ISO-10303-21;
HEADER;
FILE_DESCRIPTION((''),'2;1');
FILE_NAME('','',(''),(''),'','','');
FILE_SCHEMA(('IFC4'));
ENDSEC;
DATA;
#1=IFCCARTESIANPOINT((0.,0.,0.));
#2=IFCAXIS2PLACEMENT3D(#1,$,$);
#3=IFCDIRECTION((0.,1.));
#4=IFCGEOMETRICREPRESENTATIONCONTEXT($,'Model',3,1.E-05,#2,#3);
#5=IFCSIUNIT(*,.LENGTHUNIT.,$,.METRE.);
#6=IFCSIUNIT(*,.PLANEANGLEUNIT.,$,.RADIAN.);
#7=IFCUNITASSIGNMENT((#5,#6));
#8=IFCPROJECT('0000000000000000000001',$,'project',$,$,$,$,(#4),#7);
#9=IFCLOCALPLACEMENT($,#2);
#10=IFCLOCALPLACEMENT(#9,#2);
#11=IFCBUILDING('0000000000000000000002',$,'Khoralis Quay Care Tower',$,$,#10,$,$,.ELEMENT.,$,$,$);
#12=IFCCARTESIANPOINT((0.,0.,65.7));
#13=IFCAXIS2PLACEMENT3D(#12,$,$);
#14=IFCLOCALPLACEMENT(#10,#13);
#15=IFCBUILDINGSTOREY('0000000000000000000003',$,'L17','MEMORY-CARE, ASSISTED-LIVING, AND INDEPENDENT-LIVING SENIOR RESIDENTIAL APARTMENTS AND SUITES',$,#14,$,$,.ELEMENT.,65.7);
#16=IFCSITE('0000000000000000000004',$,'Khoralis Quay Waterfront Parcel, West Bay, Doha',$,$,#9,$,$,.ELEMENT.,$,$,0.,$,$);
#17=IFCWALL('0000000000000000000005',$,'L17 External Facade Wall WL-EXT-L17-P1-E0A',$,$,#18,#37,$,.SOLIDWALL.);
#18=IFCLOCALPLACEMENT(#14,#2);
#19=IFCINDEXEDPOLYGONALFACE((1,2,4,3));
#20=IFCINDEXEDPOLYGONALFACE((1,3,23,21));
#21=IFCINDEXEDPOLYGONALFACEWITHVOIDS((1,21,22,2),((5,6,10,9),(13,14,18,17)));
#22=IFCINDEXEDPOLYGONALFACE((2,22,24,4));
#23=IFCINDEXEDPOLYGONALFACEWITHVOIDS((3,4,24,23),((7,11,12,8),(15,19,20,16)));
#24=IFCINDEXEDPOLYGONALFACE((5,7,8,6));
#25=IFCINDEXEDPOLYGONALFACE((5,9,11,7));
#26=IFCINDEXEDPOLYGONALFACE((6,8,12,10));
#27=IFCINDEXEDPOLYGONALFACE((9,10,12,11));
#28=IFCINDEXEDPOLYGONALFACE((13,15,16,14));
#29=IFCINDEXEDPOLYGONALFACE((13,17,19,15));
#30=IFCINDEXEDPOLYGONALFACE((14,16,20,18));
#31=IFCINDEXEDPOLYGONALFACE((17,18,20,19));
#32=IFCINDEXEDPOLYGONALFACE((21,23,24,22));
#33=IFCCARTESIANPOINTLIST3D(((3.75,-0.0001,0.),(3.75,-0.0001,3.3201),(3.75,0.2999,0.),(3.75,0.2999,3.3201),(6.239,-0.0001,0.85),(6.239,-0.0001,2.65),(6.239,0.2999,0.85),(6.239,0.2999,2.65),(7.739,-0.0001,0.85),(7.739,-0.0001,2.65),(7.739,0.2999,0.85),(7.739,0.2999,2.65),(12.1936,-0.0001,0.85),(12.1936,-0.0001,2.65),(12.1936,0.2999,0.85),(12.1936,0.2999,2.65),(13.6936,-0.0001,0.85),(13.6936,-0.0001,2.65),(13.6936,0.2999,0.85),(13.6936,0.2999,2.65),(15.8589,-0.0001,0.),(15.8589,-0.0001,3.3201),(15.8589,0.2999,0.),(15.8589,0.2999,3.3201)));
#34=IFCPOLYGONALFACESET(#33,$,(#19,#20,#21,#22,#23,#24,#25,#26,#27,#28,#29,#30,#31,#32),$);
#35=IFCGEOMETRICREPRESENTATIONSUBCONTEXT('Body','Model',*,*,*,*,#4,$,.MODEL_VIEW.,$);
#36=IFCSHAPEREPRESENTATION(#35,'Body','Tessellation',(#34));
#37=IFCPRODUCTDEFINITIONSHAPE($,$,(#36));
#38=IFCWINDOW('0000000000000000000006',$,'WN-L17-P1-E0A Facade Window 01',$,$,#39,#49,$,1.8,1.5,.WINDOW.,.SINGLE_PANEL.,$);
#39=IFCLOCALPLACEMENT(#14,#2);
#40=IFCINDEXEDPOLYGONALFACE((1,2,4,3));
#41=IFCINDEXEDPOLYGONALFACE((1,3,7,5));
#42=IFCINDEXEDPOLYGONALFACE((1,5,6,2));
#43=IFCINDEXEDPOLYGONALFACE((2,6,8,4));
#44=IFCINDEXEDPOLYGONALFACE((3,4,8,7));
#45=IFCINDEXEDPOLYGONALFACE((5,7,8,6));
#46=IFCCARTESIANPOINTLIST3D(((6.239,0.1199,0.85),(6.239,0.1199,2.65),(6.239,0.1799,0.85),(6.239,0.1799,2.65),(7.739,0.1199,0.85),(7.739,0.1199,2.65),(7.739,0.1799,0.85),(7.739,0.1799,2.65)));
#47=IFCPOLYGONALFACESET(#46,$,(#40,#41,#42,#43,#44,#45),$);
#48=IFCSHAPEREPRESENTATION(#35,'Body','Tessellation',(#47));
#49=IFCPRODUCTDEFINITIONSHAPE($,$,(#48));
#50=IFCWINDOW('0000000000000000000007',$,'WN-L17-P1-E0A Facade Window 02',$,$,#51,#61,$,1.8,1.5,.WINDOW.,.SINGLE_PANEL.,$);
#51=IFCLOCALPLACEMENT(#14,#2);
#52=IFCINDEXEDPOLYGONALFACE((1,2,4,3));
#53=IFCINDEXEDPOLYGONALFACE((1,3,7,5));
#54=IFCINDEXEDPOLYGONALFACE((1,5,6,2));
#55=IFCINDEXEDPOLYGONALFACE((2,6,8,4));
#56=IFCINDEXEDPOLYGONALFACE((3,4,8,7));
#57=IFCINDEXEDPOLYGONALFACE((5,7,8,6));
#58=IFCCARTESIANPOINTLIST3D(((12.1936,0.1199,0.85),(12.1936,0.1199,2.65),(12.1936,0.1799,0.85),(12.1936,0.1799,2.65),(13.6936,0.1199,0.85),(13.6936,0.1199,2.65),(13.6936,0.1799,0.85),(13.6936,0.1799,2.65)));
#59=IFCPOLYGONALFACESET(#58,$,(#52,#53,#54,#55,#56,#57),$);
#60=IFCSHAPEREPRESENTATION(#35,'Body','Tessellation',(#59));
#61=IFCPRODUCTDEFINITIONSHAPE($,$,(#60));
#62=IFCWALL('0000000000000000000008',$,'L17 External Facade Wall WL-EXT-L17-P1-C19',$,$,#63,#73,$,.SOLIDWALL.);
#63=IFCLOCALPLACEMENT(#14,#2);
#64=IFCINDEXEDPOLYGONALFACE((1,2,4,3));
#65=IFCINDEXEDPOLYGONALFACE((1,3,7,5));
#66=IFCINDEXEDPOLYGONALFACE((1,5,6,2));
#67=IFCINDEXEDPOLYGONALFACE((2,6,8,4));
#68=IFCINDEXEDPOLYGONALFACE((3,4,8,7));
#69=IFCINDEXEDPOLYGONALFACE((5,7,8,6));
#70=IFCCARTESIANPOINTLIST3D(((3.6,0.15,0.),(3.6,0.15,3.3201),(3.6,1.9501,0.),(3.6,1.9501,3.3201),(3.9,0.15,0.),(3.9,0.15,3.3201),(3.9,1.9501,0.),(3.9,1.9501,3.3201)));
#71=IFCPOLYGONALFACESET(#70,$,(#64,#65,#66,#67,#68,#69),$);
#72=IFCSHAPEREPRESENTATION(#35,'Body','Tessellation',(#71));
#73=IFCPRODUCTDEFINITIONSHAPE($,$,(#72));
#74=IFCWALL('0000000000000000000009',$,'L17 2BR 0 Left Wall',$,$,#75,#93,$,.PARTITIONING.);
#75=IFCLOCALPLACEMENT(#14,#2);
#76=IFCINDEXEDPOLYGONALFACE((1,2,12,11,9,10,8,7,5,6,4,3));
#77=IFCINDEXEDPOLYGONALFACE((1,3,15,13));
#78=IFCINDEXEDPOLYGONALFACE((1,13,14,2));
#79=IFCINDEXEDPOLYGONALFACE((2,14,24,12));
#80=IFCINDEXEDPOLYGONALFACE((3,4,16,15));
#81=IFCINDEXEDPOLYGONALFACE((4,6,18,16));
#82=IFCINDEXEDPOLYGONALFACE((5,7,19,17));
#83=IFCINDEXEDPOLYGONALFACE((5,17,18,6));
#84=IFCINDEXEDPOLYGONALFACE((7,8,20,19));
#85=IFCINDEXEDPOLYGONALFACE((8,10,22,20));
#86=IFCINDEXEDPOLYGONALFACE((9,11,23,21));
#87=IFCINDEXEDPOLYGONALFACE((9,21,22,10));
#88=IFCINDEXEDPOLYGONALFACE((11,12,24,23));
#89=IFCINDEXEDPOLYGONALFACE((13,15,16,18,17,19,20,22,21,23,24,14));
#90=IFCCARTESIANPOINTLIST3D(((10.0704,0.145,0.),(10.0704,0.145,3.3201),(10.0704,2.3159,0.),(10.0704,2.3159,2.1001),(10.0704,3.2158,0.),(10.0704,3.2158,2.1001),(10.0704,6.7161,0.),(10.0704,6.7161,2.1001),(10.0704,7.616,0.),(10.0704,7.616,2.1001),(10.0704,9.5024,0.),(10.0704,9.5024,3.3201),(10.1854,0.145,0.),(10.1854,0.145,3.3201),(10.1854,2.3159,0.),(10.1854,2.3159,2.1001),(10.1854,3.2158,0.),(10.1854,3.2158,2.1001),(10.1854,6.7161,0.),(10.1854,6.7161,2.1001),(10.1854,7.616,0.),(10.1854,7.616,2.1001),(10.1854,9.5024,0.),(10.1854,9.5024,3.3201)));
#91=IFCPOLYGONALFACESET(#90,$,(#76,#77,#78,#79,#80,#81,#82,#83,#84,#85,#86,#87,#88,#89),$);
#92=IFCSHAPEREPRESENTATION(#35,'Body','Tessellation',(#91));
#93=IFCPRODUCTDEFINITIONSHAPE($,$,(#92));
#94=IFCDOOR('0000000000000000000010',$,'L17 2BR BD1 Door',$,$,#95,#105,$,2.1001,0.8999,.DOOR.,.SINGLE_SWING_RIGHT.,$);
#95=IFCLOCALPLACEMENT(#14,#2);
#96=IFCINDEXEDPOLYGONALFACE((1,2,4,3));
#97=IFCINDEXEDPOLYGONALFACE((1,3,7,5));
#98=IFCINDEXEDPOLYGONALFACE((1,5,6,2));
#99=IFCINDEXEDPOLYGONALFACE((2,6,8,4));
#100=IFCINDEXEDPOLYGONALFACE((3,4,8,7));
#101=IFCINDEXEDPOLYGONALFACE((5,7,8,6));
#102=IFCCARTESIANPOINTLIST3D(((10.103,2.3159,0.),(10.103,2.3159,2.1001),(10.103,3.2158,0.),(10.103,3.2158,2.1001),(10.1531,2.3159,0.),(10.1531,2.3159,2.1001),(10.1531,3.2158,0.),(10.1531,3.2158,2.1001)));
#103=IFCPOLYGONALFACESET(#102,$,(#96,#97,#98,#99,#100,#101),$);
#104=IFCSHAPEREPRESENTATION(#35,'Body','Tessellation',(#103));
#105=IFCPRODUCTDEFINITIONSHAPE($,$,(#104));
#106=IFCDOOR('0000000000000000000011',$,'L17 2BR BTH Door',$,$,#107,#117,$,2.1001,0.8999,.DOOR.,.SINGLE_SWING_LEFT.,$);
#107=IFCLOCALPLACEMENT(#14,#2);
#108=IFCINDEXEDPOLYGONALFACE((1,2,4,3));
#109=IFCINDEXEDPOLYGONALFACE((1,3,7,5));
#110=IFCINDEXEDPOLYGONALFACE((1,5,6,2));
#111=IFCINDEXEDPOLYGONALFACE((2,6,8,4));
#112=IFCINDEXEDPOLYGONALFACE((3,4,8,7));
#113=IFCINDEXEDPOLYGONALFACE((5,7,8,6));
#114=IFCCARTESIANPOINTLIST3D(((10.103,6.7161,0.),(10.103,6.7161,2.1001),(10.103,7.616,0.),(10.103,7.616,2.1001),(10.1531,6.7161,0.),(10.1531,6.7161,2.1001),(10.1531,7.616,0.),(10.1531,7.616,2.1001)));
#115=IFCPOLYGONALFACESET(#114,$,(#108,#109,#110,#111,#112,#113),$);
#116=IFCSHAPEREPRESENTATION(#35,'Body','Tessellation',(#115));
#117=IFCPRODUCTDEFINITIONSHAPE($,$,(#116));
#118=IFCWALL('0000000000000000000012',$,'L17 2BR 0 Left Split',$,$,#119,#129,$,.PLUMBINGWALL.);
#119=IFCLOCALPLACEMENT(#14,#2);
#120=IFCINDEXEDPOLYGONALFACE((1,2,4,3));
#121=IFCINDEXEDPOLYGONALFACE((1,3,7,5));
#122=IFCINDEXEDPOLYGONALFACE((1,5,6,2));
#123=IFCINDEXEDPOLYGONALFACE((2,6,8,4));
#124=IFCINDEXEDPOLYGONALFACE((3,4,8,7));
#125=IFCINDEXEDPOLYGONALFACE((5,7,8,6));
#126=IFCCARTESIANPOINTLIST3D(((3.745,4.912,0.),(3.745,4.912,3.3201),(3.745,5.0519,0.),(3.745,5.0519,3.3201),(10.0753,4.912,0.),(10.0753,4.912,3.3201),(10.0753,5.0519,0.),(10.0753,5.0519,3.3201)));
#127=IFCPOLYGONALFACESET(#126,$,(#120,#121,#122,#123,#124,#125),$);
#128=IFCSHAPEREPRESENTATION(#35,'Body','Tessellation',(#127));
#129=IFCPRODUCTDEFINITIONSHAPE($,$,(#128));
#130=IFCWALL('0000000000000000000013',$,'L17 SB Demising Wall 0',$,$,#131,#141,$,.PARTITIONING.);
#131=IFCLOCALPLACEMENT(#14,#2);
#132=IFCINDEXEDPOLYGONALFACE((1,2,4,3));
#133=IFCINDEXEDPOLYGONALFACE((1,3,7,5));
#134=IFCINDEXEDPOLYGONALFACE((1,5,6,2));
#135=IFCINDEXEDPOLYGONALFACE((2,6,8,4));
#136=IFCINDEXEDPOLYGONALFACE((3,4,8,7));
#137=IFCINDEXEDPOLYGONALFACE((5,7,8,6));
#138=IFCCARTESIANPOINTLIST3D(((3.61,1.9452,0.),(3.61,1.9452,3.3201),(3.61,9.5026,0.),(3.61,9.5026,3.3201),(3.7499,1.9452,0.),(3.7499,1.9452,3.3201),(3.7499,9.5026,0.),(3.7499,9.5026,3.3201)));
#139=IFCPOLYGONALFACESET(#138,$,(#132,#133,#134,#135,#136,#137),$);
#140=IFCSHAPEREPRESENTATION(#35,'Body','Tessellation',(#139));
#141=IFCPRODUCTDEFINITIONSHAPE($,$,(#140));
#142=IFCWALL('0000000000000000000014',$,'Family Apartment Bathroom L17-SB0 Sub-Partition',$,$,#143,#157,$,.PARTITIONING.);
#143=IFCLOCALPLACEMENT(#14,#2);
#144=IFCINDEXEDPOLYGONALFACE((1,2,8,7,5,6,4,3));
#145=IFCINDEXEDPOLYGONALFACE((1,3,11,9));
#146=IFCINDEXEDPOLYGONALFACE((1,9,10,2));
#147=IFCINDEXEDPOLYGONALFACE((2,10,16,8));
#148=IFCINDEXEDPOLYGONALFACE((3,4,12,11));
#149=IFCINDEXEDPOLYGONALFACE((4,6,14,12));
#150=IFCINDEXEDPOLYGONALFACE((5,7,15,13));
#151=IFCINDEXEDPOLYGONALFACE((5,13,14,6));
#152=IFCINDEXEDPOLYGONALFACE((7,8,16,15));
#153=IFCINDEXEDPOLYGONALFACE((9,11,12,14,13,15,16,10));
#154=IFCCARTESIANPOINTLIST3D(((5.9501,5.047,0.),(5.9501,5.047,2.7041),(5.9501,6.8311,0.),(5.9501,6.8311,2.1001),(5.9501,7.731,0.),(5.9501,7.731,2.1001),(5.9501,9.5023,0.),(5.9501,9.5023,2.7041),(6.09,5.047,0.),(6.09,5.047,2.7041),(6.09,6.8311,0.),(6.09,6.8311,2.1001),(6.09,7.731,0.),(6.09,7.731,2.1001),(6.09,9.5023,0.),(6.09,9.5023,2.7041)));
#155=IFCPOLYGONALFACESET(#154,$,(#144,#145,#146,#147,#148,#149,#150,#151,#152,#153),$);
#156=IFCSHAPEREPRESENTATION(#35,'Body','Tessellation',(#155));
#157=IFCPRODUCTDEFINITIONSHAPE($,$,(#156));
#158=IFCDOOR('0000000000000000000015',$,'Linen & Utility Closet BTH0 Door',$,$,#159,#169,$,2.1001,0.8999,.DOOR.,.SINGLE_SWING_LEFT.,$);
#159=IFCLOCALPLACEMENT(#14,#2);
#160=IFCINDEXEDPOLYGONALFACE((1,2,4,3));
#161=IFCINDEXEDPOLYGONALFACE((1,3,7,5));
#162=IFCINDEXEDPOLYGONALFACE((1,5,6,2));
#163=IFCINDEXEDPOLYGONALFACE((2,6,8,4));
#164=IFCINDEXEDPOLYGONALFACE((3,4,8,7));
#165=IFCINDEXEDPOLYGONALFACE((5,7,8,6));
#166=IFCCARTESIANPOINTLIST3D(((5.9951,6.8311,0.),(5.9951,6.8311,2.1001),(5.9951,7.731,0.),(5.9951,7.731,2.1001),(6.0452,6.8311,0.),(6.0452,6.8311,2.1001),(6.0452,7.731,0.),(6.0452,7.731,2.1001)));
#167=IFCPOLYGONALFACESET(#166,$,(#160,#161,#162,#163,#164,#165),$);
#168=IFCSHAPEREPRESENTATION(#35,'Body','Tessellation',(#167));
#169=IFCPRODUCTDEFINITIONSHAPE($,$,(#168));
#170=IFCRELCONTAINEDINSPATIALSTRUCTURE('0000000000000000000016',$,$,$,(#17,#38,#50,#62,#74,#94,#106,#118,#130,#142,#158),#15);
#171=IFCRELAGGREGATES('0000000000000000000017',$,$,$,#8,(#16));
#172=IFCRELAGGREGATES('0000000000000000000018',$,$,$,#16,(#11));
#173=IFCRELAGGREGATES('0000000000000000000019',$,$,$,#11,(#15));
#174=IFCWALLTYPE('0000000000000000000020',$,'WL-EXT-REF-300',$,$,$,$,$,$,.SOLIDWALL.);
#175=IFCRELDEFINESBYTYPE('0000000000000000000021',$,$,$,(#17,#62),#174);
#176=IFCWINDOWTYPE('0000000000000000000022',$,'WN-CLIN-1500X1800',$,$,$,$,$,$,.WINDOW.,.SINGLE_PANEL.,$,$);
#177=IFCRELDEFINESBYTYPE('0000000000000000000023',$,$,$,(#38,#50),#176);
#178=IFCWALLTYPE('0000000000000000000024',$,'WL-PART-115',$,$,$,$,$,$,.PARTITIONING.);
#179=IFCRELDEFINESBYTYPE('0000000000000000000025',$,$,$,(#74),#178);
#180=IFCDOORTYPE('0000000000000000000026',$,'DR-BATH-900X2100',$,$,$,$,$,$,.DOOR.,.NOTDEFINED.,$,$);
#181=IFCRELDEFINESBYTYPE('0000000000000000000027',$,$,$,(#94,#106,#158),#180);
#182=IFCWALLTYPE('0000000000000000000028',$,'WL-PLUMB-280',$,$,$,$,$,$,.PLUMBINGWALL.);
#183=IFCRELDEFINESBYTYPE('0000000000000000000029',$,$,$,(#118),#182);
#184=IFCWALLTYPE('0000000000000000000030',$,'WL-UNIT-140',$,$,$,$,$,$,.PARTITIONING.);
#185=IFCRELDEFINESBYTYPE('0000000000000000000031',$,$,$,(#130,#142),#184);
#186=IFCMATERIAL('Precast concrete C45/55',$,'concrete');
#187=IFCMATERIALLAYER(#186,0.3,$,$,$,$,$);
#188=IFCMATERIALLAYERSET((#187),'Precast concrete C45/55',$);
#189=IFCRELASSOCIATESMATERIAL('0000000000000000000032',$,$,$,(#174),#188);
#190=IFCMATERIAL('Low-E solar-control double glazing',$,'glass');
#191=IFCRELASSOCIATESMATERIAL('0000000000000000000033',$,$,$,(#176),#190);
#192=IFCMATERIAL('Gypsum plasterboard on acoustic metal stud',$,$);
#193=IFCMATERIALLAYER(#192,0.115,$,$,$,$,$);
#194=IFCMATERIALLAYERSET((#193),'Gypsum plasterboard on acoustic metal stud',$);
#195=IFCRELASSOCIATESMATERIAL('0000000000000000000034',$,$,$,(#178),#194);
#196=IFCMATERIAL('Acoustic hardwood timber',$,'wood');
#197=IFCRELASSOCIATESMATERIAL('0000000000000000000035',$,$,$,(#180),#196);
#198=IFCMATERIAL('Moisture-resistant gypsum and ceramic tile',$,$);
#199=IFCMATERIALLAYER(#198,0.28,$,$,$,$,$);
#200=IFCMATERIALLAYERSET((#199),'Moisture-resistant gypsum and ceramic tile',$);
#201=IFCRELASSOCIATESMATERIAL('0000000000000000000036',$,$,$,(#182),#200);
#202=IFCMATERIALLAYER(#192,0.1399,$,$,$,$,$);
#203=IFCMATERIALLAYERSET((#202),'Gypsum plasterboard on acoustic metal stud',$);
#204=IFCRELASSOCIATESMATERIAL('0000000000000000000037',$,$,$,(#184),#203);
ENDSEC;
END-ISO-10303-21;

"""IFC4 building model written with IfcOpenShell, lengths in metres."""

from ifc_helpers import new_model, si_unit, direction, frame, frame_2d, origin, place, context, subcontext, project, spatial, rectangle, extrude, source, transform, mapped, material, layer, layer_set, type_object, element, fill, save


model = new_model("IFC4")

# Units and contexts
model_context = context("Model", 3, precision=1e-05, world=origin(), true_north=direction((0.0, 1.0)))
body_context = subcontext(model_context, "Body", "Model", "MODEL_VIEW")
ifc_project = project(units=[si_unit("LENGTHUNIT", "METRE"), si_unit("PLANEANGLEUNIT", "RADIAN")], contexts=[model_context])

# Site, building, storey
site_placement = place(None, origin())
site = spatial("IfcSite", under=ifc_project, at=site_placement, Name="Khoralis Quay Waterfront Parcel, West Bay, Doha", CompositionType="ELEMENT", RefElevation=0.0)
building_placement = place(site_placement, origin())
building = spatial("IfcBuilding", under=site, at=building_placement, Name="Khoralis Quay Care Tower", CompositionType="ELEMENT")
storey_placement = place(building_placement, frame((0.0, 0.0, 65.7)))
storey = spatial("IfcBuildingStorey", under=building, at=storey_placement, Name="L17", Description="MEMORY-CARE, ASSISTED-LIVING, AND INDEPENDENT-LIVING SENIOR RESIDENTIAL APARTMENTS AND SUITES", CompositionType="ELEMENT", Elevation=65.7)

# Wall, openings, windows
ifc_material_1 = material(Name="Precast concrete C45/55", Category="concrete")
ifc_layer_1 = layer(ifc_material_1, 0.3)
ifc_layer_set_1 = layer_set([ifc_layer_1], Name="Precast concrete C45/55")
wall_type_1 = type_object("IfcWallType", Name="WL-EXT-REF-300", PredefinedType="SOLIDWALL", material=ifc_layer_set_1)
wall_1_placement = place(storey_placement, frame((3.75, 0.1499, 0.0), z_axis=(0.0, 0.0, 1.0), x_axis=(1.0, 0.0, 0.0)))
wall_1 = element("IfcWall", 1, at=wall_1_placement, inside=storey, type_object=wall_type_1, Name="L17 External Facade Wall WL-EXT-L17-P1-E0A", PredefinedType="SOLIDWALL", context=body_context, shape_type="SweptSolid", body=[
    extrude(rectangle(XDim=12.1089, YDim=0.3, at=frame_2d((6.0544, 0.0))), origin(), (0.0, 0.0, 1.0), 3.3201),
])
opening_1_placement = place(wall_1_placement, frame((2.489, 0.0, 0.8501)))
opening_1 = element("IfcOpeningElement", 2, at=opening_1_placement, cuts=wall_1, PredefinedType="OPENING", context=body_context, shape_type="SweptSolid", body=[
    extrude(rectangle(XDim=1.5, YDim=1.8, at=frame_2d((0.75, 0.8999))), frame((0.0, 0.1602, 0.0), z_axis=(0.0, -1.0, 0.0), x_axis=(1.0, 0.0, 0.0)), (0.0, 0.0, 1.0), 0.3201),
])
opening_2_placement = place(wall_1_placement, frame((8.4436, 0.0, 0.8501)))
opening_2 = element("IfcOpeningElement", 3, at=opening_2_placement, cuts=wall_1, PredefinedType="OPENING", context=body_context, shape_type="SweptSolid", body=[
    extrude(rectangle(XDim=1.5, YDim=1.8, at=frame_2d((0.75, 0.8999))), frame((0.0, 0.1602, 0.0), z_axis=(0.0, -1.0, 0.0), x_axis=(1.0, 0.0, 0.0)), (0.0, 0.0, 1.0), 0.3201),
])
ifc_material_2 = material(Name="Low-E solar-control double glazing", Category="glass")
window_type = type_object("IfcWindowType", Name="WN-CLIN-1500X1800", PartitioningType="SINGLE_PANEL", PredefinedType="WINDOW", material=ifc_material_2)
shared_shape_1 = source(origin(), body_context, "Body", "SweptSolid", [
    extrude(rectangle(XDim=1.5, YDim=1.8, at=frame_2d((0.75, 0.8999))), frame((0.0, 0.03, 0.0), z_axis=(0.0, -1.0, 0.0), x_axis=(1.0, 0.0, 0.0)), (0.0, 0.0, 1.0), 0.0601),
])
window_1_placement = place(opening_1_placement, origin())
window_1 = element("IfcWindow", 4, at=window_1_placement, inside=storey, type_object=window_type, Name="WN-L17-P1-E0A Facade Window 01", OverallHeight=1.8, OverallWidth=1.5, PartitioningType="SINGLE_PANEL", PredefinedType="WINDOW", context=body_context, shape_type="MappedRepresentation", body=[
    mapped(shared_shape_1, transform((0.0, 0.0, 0.0), scale=1.0)),
])
fill(opening_1, window_1)
window_2_placement = place(opening_2_placement, origin())
window_2 = element("IfcWindow", 5, at=window_2_placement, inside=storey, type_object=window_type, Name="WN-L17-P1-E0A Facade Window 02", OverallHeight=1.8, OverallWidth=1.5, PartitioningType="SINGLE_PANEL", PredefinedType="WINDOW", context=body_context, shape_type="MappedRepresentation", body=[
    mapped(shared_shape_1, transform((0.0, 0.0, 0.0), scale=1.0)),
])
fill(opening_2, window_2)

# Wall
wall_2_placement = place(storey_placement, frame((3.75, 1.95, 0.0), z_axis=(0.0, 0.0, 1.0), x_axis=(0.0, -1.0, 0.0)))
element("IfcWall", 6, at=wall_2_placement, inside=storey, type_object=wall_type_1, Name="L17 External Facade Wall WL-EXT-L17-P1-C19", PredefinedType="SOLIDWALL", context=body_context, shape_type="SweptSolid", body=[
    extrude(rectangle(XDim=1.8, YDim=0.3, at=frame_2d((0.8999, 0.0))), origin(), (0.0, 0.0, 1.0), 3.3201),
])

# Wall, openings, doors
ifc_material_3 = material(Name="Gypsum plasterboard on acoustic metal stud")
ifc_layer_2 = layer(ifc_material_3, 0.115)
ifc_layer_set_2 = layer_set([ifc_layer_2], Name="Gypsum plasterboard on acoustic metal stud")
wall_type_2 = type_object("IfcWallType", Name="WL-PART-115", PredefinedType="PARTITIONING", material=ifc_layer_set_2)
wall_3_placement = place(storey_placement, frame((10.1279, 0.145, 0.0), z_axis=(0.0, 0.0, 1.0), x_axis=(0.0, 1.0, 0.0)))
wall_3 = element("IfcWall", 7, at=wall_3_placement, inside=storey, type_object=wall_type_2, Name="L17 2BR 0 Left Wall", PredefinedType="PARTITIONING", context=body_context, shape_type="SweptSolid", body=[
    extrude(rectangle(XDim=9.3574, YDim=0.115, at=frame_2d((4.6787, 0.0))), origin(), (0.0, 0.0, 1.0), 3.3201),
])
opening_3_placement = place(wall_3_placement, frame((2.1709, 0.0, 0.0)))
opening_3 = element("IfcOpeningElement", 8, at=opening_3_placement, cuts=wall_3, PredefinedType="OPENING", context=body_context, shape_type="SweptSolid", body=[
    extrude(rectangle(XDim=0.8999, YDim=2.1001, at=frame_2d((0.45, 1.05))), frame((0.0, 0.0674, 0.0), z_axis=(0.0, -1.0, 0.0), x_axis=(1.0, 0.0, 0.0)), (0.0, 0.0, 1.0), 0.135),
])
opening_4_placement = place(wall_3_placement, frame((6.571, 0.0, 0.0)))
opening_4 = element("IfcOpeningElement", 9, at=opening_4_placement, cuts=wall_3, PredefinedType="OPENING", context=body_context, shape_type="SweptSolid", body=[
    extrude(rectangle(XDim=0.8999, YDim=2.1001, at=frame_2d((0.45, 1.05))), frame((0.0, 0.0674, 0.0), z_axis=(0.0, -1.0, 0.0), x_axis=(1.0, 0.0, 0.0)), (0.0, 0.0, 1.0), 0.135),
])
ifc_material_4 = material(Name="Acoustic hardwood timber", Category="wood")
door_type = type_object("IfcDoorType", Name="DR-BATH-900X2100", OperationType="NOTDEFINED", PredefinedType="DOOR", material=ifc_material_4)
shared_shape_2 = source(origin(), body_context, "Body", "SweptSolid", [
    extrude(rectangle(XDim=0.8999, YDim=2.1001, at=frame_2d((0.45, 1.05))), frame((0.0, 0.0249, 0.0), z_axis=(0.0, -1.0, 0.0), x_axis=(1.0, 0.0, 0.0)), (0.0, 0.0, 1.0), 0.05),
])
door_1_placement = place(opening_3_placement, origin())
door_1 = element("IfcDoor", 10, at=door_1_placement, inside=storey, type_object=door_type, Name="L17 2BR BD1 Door", OperationType="SINGLE_SWING_RIGHT", OverallHeight=2.1001, OverallWidth=0.8999, PredefinedType="DOOR", context=body_context, shape_type="MappedRepresentation", body=[
    mapped(shared_shape_2, transform((0.0, 0.0, 0.0), scale=1.0)),
])
fill(opening_3, door_1)
door_2_placement = place(opening_4_placement, origin())
door_2 = element("IfcDoor", 11, at=door_2_placement, inside=storey, type_object=door_type, Name="L17 2BR BTH Door", OperationType="SINGLE_SWING_LEFT", OverallHeight=2.1001, OverallWidth=0.8999, PredefinedType="DOOR", context=body_context, shape_type="MappedRepresentation", body=[
    mapped(shared_shape_2, transform((0.0, 0.0, 0.0), scale=1.0)),
])
fill(opening_4, door_2)

# Walls
ifc_material_5 = material(Name="Moisture-resistant gypsum and ceramic tile")
ifc_layer_3 = layer(ifc_material_5, 0.28)
ifc_layer_set_3 = layer_set([ifc_layer_3], Name="Moisture-resistant gypsum and ceramic tile")
wall_type_3 = type_object("IfcWallType", Name="WL-PLUMB-280", PredefinedType="PLUMBINGWALL", material=ifc_layer_set_3)
wall_4_placement = place(storey_placement, frame((3.7451, 4.9819, 0.0), z_axis=(0.0, 0.0, 1.0), x_axis=(1.0, 0.0, 0.0)))
element("IfcWall", 12, at=wall_4_placement, inside=storey, type_object=wall_type_3, Name="L17 2BR 0 Left Split", PredefinedType="PLUMBINGWALL", context=body_context, shape_type="SweptSolid", body=[
    extrude(rectangle(XDim=6.3303, YDim=0.1399, at=frame_2d((3.165, 0.0))), origin(), (0.0, 0.0, 1.0), 3.3201),
])
ifc_layer_4 = layer(ifc_material_3, 0.1399)
ifc_layer_set_4 = layer_set([ifc_layer_4], Name="Gypsum plasterboard on acoustic metal stud")
wall_type_4 = type_object("IfcWallType", Name="WL-UNIT-140", PredefinedType="PARTITIONING", material=ifc_layer_set_4)
wall_5_placement = place(storey_placement, frame((3.6799, 1.9451, 0.0), z_axis=(0.0, 0.0, 1.0), x_axis=(0.0, 1.0, 0.0)))
element("IfcWall", 13, at=wall_5_placement, inside=storey, type_object=wall_type_4, Name="L17 SB Demising Wall 0", PredefinedType="PARTITIONING", context=body_context, shape_type="SweptSolid", body=[
    extrude(rectangle(XDim=7.5574, YDim=0.1399, at=frame_2d((3.7788, 0.0))), origin(), (0.0, 0.0, 1.0), 3.3201),
])

# Wall, opening, door
wall_6_placement = place(storey_placement, frame((6.02, 5.0471, 0.0), z_axis=(0.0, 0.0, 1.0), x_axis=(0.0, 1.0, 0.0)))
wall_6 = element("IfcWall", 14, at=wall_6_placement, inside=storey, type_object=wall_type_4, Name="Family Apartment Bathroom L17-SB0 Sub-Partition", PredefinedType="PARTITIONING", context=body_context, shape_type="SweptSolid", body=[
    extrude(rectangle(XDim=4.4553, YDim=0.1399, at=frame_2d((2.2275, 0.0))), origin(), (0.0, 0.0, 1.0), 2.7041),
])
opening_5_placement = place(wall_6_placement, frame((1.7839, 0.0, 0.0)))
opening_5 = element("IfcOpeningElement", 15, at=opening_5_placement, cuts=wall_6, PredefinedType="OPENING", context=body_context, shape_type="SweptSolid", body=[
    extrude(rectangle(XDim=0.8999, YDim=2.1001, at=frame_2d((0.45, 1.05))), frame((0.0, 0.0801, 0.0), z_axis=(0.0, -1.0, 0.0), x_axis=(1.0, 0.0, 0.0)), (0.0, 0.0, 1.0), 0.1599),
])
door_3_placement = place(opening_5_placement, origin())
door_3 = element("IfcDoor", 16, at=door_3_placement, inside=storey, type_object=door_type, Name="Linen & Utility Closet BTH0 Door", OperationType="SINGLE_SWING_LEFT", OverallHeight=2.1001, OverallWidth=0.8999, PredefinedType="DOOR", context=body_context, shape_type="MappedRepresentation", body=[
    mapped(shared_shape_2, transform((0.0, 0.0, 0.0), scale=1.0)),
])
fill(opening_5, door_3)

save(model, "model.ifc")
